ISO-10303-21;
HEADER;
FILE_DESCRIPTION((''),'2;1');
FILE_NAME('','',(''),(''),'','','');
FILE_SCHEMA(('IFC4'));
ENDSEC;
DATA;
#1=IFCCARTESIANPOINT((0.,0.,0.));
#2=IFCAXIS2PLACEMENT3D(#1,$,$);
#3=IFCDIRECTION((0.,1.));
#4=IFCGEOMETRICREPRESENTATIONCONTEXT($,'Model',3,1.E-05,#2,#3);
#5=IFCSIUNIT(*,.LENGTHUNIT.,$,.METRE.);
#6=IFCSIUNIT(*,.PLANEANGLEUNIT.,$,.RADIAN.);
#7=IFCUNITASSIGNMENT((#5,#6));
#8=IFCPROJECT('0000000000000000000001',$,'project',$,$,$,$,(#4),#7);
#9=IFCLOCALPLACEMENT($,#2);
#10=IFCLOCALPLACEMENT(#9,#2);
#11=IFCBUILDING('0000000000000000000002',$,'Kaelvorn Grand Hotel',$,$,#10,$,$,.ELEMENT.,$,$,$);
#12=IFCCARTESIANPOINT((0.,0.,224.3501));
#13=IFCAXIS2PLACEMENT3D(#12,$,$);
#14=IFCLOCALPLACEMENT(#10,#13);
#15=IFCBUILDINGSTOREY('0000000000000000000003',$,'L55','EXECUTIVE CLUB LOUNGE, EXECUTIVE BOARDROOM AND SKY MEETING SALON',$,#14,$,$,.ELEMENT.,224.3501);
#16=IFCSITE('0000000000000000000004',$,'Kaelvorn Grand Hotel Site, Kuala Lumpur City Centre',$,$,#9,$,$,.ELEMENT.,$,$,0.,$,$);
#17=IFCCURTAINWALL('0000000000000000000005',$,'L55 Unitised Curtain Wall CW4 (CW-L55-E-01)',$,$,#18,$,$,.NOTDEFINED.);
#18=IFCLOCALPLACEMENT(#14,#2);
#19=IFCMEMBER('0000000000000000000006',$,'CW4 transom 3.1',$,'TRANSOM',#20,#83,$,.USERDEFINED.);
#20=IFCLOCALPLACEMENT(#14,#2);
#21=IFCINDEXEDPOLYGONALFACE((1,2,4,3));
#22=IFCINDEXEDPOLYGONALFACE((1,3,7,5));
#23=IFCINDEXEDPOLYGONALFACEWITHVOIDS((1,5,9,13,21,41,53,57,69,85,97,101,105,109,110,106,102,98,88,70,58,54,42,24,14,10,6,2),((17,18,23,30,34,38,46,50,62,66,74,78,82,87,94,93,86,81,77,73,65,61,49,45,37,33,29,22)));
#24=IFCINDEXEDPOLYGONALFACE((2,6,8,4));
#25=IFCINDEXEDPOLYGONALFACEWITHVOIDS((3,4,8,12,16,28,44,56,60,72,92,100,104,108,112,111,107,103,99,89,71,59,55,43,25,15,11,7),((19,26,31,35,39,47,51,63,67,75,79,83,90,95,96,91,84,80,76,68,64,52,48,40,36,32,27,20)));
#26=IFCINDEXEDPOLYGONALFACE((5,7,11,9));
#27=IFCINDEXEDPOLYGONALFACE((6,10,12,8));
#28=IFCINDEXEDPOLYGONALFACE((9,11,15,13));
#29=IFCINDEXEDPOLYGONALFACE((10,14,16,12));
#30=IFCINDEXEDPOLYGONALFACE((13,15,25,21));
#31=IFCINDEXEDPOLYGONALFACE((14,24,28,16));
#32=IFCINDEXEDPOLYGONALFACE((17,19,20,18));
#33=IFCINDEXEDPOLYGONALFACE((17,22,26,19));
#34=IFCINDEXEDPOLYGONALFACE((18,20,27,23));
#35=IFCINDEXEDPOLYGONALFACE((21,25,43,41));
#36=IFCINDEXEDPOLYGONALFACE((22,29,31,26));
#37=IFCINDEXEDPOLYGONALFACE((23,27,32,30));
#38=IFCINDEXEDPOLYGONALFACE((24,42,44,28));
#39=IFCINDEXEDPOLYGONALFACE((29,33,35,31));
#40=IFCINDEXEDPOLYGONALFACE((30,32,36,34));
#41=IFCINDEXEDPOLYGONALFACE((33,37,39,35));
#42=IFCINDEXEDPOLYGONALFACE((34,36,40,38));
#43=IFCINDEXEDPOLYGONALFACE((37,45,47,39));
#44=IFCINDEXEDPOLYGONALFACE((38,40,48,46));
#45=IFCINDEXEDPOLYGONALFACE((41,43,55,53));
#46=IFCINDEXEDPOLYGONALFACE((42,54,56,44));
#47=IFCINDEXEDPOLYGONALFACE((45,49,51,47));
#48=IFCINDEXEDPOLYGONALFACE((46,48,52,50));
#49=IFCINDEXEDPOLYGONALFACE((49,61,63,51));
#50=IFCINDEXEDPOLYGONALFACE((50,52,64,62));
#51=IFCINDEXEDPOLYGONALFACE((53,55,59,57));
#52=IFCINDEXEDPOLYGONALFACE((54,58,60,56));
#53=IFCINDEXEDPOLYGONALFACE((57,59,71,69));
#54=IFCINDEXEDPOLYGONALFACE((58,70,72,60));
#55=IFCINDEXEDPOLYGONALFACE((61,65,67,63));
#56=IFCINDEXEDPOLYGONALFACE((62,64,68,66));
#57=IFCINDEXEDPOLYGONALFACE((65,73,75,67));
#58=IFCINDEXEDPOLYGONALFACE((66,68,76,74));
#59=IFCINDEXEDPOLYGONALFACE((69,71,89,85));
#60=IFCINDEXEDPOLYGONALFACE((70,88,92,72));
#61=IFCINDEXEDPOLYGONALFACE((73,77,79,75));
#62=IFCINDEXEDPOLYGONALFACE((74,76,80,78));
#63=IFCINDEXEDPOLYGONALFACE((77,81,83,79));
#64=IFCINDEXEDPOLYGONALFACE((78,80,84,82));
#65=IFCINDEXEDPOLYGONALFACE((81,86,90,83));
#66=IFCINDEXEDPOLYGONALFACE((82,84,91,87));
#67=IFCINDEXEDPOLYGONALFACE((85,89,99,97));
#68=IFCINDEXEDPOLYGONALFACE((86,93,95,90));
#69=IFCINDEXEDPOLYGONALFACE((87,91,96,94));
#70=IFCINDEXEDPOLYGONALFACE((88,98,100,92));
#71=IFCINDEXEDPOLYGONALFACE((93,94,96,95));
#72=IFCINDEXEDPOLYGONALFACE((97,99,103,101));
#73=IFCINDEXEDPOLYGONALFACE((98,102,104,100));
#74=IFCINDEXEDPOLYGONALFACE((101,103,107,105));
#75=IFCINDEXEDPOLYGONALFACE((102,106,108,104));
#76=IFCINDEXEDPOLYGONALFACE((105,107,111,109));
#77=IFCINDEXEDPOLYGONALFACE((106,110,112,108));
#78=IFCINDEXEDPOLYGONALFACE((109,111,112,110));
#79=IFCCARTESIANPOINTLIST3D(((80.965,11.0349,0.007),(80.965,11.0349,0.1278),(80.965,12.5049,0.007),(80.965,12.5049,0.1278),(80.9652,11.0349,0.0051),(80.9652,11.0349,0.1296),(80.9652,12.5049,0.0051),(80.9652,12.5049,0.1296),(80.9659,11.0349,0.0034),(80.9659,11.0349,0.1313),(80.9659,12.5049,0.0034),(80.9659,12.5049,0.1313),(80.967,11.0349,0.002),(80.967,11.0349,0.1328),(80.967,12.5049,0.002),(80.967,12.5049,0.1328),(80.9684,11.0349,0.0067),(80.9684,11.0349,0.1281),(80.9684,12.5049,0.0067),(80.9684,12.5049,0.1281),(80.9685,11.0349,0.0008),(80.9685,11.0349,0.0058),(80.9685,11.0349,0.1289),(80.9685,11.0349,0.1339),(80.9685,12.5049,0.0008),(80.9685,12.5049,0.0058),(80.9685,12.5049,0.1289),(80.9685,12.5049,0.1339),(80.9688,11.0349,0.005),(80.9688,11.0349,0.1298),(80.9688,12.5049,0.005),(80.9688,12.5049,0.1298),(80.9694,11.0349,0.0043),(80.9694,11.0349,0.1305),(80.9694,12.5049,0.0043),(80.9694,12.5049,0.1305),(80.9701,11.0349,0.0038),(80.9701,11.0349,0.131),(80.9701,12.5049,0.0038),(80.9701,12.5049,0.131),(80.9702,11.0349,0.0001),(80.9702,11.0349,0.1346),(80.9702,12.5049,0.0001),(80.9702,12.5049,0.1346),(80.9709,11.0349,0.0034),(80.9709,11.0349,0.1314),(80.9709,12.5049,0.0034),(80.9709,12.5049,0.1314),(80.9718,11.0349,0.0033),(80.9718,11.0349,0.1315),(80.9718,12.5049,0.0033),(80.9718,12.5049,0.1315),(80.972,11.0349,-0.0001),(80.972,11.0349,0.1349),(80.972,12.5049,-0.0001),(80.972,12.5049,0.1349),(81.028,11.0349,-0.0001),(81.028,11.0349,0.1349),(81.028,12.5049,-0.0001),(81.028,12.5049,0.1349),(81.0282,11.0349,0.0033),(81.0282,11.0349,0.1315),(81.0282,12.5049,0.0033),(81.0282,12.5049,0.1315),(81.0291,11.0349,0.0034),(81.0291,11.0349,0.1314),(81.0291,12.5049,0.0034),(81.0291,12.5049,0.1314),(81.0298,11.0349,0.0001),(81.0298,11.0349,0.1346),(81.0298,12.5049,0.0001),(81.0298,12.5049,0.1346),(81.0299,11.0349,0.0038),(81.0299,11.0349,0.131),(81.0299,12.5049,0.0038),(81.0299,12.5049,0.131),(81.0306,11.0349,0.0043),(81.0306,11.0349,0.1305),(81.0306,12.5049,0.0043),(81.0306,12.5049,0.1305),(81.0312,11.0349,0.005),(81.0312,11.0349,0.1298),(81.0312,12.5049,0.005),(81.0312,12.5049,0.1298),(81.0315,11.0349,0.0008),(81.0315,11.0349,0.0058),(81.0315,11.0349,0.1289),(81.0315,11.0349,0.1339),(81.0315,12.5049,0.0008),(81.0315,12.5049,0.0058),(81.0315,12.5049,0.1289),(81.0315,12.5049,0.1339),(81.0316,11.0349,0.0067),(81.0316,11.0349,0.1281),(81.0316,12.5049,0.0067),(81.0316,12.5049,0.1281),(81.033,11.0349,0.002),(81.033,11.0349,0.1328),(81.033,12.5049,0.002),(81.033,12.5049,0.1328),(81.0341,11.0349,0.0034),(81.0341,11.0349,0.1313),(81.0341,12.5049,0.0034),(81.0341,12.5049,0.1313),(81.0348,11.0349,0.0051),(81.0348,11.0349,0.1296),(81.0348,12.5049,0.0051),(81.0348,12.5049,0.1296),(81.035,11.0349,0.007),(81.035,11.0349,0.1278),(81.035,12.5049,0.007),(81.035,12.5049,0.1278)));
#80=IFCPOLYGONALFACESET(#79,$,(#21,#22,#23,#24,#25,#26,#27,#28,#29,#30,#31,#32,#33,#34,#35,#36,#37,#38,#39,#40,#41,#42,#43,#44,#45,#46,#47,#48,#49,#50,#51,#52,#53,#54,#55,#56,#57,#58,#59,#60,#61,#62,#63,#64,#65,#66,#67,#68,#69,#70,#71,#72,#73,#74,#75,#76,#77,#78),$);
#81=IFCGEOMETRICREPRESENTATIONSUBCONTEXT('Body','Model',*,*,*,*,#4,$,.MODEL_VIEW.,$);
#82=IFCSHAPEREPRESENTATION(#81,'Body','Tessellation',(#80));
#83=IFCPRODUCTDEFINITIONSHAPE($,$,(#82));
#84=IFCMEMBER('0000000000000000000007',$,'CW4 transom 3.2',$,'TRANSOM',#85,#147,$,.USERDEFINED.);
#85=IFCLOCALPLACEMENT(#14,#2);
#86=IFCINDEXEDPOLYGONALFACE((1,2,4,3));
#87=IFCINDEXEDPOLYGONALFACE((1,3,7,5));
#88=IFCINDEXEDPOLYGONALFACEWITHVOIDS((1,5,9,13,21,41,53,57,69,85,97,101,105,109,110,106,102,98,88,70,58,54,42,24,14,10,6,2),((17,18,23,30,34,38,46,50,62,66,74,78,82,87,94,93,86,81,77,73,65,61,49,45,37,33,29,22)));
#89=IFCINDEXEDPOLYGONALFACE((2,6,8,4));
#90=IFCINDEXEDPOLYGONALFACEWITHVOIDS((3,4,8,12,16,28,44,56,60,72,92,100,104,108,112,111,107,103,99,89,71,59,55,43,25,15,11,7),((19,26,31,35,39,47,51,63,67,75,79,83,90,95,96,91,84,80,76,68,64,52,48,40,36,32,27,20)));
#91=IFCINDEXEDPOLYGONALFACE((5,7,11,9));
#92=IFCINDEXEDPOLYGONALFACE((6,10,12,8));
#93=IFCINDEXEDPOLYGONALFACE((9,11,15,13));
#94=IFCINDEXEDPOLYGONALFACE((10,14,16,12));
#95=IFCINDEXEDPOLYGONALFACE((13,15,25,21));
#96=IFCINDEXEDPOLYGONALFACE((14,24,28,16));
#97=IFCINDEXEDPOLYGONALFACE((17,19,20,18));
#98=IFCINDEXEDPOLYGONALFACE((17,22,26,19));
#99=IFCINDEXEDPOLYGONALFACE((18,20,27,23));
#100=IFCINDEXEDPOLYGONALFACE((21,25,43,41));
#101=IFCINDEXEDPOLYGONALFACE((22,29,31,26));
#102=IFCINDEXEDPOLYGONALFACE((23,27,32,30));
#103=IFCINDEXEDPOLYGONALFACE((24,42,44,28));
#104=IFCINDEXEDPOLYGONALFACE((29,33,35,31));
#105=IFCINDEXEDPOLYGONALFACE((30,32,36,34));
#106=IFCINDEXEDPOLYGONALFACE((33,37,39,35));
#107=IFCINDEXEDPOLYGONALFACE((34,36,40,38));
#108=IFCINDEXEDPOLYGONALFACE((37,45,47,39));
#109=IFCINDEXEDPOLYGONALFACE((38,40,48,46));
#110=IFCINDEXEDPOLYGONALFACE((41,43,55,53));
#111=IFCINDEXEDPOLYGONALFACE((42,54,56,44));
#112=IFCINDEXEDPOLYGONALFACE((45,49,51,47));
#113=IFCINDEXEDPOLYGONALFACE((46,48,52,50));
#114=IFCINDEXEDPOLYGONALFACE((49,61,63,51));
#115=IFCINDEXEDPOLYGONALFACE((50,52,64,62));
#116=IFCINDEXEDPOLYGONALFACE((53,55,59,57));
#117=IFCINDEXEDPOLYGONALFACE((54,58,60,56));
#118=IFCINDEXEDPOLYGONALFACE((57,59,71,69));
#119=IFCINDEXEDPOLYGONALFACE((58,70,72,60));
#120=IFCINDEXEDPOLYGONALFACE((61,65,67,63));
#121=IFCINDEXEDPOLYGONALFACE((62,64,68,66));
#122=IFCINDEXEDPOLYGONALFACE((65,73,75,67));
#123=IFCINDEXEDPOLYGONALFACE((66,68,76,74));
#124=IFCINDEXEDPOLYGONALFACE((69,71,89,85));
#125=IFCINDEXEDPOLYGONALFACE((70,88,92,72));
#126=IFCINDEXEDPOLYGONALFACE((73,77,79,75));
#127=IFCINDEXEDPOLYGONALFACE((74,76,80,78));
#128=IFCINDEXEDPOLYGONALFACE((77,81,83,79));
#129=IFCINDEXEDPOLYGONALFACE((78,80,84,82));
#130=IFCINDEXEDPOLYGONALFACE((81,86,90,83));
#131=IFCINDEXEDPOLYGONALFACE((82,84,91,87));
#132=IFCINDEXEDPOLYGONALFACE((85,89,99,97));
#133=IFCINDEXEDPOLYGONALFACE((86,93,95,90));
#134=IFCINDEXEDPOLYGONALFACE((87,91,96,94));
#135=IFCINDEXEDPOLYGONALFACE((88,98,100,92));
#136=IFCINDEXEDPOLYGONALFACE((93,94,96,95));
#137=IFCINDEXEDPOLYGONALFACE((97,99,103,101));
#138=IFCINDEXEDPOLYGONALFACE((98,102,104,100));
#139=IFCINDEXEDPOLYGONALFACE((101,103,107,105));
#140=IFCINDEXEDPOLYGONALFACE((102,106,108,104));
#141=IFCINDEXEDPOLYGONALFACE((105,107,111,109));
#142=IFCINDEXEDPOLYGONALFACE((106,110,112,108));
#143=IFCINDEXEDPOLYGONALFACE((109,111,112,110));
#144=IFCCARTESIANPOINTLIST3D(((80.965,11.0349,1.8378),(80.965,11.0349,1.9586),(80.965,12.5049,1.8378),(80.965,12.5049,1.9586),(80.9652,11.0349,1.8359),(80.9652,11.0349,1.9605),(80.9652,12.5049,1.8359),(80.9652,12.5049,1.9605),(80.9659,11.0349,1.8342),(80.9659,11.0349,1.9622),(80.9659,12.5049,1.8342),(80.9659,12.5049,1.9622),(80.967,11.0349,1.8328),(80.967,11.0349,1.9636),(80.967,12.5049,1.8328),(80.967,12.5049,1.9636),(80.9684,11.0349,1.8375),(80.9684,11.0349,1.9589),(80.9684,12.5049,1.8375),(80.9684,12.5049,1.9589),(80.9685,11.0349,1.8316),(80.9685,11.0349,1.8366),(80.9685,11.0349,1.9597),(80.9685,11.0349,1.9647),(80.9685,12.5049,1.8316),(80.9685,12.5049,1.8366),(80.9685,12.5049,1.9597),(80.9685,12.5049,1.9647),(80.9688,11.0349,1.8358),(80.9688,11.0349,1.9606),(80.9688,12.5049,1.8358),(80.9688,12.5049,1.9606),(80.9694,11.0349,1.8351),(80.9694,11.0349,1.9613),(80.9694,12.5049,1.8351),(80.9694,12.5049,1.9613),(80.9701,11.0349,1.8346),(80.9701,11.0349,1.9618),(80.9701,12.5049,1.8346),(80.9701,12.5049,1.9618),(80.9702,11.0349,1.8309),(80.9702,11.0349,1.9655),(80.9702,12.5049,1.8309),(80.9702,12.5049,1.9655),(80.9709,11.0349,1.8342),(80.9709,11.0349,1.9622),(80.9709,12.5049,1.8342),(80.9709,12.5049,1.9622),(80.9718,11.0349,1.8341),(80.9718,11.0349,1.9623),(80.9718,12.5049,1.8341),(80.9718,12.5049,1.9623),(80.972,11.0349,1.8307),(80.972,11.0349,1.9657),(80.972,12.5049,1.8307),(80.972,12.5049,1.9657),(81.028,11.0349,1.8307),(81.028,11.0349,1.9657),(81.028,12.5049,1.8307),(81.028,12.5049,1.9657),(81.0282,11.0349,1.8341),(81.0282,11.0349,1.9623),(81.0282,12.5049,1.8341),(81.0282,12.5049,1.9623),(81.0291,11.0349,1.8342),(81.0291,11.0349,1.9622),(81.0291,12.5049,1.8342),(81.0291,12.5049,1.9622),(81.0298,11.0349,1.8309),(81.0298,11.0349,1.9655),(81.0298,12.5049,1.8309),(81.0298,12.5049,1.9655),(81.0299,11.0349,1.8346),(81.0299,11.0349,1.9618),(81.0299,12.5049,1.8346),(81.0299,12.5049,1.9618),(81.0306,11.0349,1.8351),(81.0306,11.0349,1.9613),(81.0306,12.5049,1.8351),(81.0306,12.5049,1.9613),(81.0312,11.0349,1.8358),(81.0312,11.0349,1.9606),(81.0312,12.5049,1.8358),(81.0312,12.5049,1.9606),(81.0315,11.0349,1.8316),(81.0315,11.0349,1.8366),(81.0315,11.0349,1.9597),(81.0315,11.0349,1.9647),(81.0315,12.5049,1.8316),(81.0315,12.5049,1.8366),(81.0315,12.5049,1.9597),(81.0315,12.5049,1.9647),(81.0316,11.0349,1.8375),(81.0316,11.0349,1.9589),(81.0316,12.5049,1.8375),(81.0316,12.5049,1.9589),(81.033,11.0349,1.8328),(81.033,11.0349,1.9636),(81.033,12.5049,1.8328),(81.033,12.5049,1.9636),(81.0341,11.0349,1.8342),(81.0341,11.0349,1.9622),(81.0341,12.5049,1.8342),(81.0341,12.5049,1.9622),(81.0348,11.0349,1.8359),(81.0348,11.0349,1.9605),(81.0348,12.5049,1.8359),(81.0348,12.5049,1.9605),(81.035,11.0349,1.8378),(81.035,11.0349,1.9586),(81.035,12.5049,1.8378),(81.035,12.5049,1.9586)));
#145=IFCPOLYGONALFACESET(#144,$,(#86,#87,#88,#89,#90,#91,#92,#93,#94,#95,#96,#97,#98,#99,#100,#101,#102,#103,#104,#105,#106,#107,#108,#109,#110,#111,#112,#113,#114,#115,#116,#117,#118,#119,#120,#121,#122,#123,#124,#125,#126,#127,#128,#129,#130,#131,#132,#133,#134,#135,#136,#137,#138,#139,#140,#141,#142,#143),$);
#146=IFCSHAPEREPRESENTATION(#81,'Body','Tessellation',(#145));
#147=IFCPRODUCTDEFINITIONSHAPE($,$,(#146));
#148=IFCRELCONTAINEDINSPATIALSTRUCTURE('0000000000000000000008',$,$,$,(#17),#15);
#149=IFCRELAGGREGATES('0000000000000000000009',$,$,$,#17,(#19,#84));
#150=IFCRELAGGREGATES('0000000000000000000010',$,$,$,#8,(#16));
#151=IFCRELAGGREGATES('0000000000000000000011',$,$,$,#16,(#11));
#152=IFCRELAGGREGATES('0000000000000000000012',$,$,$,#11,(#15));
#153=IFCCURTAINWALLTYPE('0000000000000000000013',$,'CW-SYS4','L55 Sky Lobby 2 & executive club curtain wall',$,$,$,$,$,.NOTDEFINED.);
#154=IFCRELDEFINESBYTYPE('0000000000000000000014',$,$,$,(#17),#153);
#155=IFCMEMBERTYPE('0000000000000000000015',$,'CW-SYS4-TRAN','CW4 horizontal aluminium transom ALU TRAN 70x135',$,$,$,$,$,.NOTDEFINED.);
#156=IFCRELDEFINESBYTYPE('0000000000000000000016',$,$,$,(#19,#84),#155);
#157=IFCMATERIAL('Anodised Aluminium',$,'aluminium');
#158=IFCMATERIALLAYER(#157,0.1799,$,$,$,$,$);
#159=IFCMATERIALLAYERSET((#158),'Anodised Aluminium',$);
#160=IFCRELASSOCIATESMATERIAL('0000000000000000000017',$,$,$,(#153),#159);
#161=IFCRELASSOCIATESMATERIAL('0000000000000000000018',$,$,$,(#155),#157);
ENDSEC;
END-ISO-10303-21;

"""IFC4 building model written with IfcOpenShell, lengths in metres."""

from ifc_helpers import new_model, si_unit, direction, frame, origin, origin_2d, place, context, subcontext, project, spatial, hollow_rectangle, extrude, material, layer, layer_set, material_profile, profile_set, type_object, element, aggregate, save


model = new_model("IFC4")

# Units and contexts
model_context = context("Model", 3, precision=1e-05, world=origin(), true_north=direction((0.0, 1.0)))
body_context = subcontext(model_context, "Body", "Model", "MODEL_VIEW")
ifc_project = project(units=[si_unit("LENGTHUNIT", "METRE"), si_unit("PLANEANGLEUNIT", "RADIAN")], contexts=[model_context])

# Site, building, storey
site_placement = place(None, origin())
site = spatial("IfcSite", under=ifc_project, at=site_placement, Name="Kaelvorn Grand Hotel Site, Kuala Lumpur City Centre", CompositionType="ELEMENT", RefElevation=0.0)
building_placement = place(site_placement, origin())
building = spatial("IfcBuilding", under=site, at=building_placement, Name="Kaelvorn Grand Hotel", CompositionType="ELEMENT")
storey_placement = place(building_placement, frame((0.0, 0.0, 224.3501)))
storey = spatial("IfcBuildingStorey", under=building, at=storey_placement, Name="L55", Description="EXECUTIVE CLUB LOUNGE, EXECUTIVE BOARDROOM AND SKY MEETING SALON", CompositionType="ELEMENT", Elevation=224.3501)

# Curtain wall, members
ifc_material_1 = material(Name="Anodised Aluminium", Category="aluminium")
ifc_layer_1 = layer(ifc_material_1, 0.1799)
ifc_layer_set_1 = layer_set([ifc_layer_1], Name="Anodised Aluminium")
curtain_wall_type = type_object("IfcCurtainWallType", Name="CW-SYS4", Description="L55 Sky Lobby 2 & executive club curtain wall", PredefinedType="NOTDEFINED", material=ifc_layer_set_1)
curtain_wall_placement = place(storey_placement, origin())
curtain_wall = element("IfcCurtainWall", 1, at=curtain_wall_placement, inside=storey, type_object=curtain_wall_type, Name="L55 Unitised Curtain Wall CW4 (CW-L55-E-01)", PredefinedType="NOTDEFINED")
ifc_material_profile_1 = material_profile(ifc_material_1, hollow_rectangle(XDim=0.0701, YDim=0.135, WallThickness=0.0034, InnerFilletRadius=0.0034, OuterFilletRadius=0.0071, at=origin_2d()), Name="ALU TRAN 70x135")
ifc_profile_set_1 = profile_set([ifc_material_profile_1], Name="Anodised Aluminium")
member_type_1 = type_object("IfcMemberType", Name="CW-SYS4-TRAN", Description="CW4 horizontal aluminium transom ALU TRAN 70x135", PredefinedType="NOTDEFINED", material=ifc_profile_set_1)
member_1_placement = place(storey_placement, frame((81.0, 11.0349, 0.0674), z_axis=(0.0, 1.0, 0.0), x_axis=(-1.0, 0.0, 0.0)))
member_1 = element("IfcMember", 2, at=member_1_placement, type_object=member_type_1, Name="CW4 transom 3.1", ObjectType="TRANSOM", PredefinedType="USERDEFINED", context=body_context, shape_type="SweptSolid", body=[
    extrude(hollow_rectangle(XDim=0.0701, YDim=0.135, WallThickness=0.0034, InnerFilletRadius=0.0034, OuterFilletRadius=0.0071, at=origin_2d()), origin(), (0.0, 0.0, 1.0), 1.47),
])
member_2_placement = place(storey_placement, frame((81.0, 11.0349, 1.8982), z_axis=(0.0, 1.0, 0.0), x_axis=(-1.0, 0.0, 0.0)))
member_2 = element("IfcMember", 3, at=member_2_placement, type_object=member_type_1, Name="CW4 transom 3.2", ObjectType="TRANSOM", PredefinedType="USERDEFINED", context=body_context, shape_type="SweptSolid", body=[
    extrude(hollow_rectangle(XDim=0.0701, YDim=0.135, WallThickness=0.0034, InnerFilletRadius=0.0034, OuterFilletRadius=0.0071, at=origin_2d()), origin(), (0.0, 0.0, 1.0), 1.47),
])
aggregate(curtain_wall, [member_1, member_2])

save(model, "model.ifc")
